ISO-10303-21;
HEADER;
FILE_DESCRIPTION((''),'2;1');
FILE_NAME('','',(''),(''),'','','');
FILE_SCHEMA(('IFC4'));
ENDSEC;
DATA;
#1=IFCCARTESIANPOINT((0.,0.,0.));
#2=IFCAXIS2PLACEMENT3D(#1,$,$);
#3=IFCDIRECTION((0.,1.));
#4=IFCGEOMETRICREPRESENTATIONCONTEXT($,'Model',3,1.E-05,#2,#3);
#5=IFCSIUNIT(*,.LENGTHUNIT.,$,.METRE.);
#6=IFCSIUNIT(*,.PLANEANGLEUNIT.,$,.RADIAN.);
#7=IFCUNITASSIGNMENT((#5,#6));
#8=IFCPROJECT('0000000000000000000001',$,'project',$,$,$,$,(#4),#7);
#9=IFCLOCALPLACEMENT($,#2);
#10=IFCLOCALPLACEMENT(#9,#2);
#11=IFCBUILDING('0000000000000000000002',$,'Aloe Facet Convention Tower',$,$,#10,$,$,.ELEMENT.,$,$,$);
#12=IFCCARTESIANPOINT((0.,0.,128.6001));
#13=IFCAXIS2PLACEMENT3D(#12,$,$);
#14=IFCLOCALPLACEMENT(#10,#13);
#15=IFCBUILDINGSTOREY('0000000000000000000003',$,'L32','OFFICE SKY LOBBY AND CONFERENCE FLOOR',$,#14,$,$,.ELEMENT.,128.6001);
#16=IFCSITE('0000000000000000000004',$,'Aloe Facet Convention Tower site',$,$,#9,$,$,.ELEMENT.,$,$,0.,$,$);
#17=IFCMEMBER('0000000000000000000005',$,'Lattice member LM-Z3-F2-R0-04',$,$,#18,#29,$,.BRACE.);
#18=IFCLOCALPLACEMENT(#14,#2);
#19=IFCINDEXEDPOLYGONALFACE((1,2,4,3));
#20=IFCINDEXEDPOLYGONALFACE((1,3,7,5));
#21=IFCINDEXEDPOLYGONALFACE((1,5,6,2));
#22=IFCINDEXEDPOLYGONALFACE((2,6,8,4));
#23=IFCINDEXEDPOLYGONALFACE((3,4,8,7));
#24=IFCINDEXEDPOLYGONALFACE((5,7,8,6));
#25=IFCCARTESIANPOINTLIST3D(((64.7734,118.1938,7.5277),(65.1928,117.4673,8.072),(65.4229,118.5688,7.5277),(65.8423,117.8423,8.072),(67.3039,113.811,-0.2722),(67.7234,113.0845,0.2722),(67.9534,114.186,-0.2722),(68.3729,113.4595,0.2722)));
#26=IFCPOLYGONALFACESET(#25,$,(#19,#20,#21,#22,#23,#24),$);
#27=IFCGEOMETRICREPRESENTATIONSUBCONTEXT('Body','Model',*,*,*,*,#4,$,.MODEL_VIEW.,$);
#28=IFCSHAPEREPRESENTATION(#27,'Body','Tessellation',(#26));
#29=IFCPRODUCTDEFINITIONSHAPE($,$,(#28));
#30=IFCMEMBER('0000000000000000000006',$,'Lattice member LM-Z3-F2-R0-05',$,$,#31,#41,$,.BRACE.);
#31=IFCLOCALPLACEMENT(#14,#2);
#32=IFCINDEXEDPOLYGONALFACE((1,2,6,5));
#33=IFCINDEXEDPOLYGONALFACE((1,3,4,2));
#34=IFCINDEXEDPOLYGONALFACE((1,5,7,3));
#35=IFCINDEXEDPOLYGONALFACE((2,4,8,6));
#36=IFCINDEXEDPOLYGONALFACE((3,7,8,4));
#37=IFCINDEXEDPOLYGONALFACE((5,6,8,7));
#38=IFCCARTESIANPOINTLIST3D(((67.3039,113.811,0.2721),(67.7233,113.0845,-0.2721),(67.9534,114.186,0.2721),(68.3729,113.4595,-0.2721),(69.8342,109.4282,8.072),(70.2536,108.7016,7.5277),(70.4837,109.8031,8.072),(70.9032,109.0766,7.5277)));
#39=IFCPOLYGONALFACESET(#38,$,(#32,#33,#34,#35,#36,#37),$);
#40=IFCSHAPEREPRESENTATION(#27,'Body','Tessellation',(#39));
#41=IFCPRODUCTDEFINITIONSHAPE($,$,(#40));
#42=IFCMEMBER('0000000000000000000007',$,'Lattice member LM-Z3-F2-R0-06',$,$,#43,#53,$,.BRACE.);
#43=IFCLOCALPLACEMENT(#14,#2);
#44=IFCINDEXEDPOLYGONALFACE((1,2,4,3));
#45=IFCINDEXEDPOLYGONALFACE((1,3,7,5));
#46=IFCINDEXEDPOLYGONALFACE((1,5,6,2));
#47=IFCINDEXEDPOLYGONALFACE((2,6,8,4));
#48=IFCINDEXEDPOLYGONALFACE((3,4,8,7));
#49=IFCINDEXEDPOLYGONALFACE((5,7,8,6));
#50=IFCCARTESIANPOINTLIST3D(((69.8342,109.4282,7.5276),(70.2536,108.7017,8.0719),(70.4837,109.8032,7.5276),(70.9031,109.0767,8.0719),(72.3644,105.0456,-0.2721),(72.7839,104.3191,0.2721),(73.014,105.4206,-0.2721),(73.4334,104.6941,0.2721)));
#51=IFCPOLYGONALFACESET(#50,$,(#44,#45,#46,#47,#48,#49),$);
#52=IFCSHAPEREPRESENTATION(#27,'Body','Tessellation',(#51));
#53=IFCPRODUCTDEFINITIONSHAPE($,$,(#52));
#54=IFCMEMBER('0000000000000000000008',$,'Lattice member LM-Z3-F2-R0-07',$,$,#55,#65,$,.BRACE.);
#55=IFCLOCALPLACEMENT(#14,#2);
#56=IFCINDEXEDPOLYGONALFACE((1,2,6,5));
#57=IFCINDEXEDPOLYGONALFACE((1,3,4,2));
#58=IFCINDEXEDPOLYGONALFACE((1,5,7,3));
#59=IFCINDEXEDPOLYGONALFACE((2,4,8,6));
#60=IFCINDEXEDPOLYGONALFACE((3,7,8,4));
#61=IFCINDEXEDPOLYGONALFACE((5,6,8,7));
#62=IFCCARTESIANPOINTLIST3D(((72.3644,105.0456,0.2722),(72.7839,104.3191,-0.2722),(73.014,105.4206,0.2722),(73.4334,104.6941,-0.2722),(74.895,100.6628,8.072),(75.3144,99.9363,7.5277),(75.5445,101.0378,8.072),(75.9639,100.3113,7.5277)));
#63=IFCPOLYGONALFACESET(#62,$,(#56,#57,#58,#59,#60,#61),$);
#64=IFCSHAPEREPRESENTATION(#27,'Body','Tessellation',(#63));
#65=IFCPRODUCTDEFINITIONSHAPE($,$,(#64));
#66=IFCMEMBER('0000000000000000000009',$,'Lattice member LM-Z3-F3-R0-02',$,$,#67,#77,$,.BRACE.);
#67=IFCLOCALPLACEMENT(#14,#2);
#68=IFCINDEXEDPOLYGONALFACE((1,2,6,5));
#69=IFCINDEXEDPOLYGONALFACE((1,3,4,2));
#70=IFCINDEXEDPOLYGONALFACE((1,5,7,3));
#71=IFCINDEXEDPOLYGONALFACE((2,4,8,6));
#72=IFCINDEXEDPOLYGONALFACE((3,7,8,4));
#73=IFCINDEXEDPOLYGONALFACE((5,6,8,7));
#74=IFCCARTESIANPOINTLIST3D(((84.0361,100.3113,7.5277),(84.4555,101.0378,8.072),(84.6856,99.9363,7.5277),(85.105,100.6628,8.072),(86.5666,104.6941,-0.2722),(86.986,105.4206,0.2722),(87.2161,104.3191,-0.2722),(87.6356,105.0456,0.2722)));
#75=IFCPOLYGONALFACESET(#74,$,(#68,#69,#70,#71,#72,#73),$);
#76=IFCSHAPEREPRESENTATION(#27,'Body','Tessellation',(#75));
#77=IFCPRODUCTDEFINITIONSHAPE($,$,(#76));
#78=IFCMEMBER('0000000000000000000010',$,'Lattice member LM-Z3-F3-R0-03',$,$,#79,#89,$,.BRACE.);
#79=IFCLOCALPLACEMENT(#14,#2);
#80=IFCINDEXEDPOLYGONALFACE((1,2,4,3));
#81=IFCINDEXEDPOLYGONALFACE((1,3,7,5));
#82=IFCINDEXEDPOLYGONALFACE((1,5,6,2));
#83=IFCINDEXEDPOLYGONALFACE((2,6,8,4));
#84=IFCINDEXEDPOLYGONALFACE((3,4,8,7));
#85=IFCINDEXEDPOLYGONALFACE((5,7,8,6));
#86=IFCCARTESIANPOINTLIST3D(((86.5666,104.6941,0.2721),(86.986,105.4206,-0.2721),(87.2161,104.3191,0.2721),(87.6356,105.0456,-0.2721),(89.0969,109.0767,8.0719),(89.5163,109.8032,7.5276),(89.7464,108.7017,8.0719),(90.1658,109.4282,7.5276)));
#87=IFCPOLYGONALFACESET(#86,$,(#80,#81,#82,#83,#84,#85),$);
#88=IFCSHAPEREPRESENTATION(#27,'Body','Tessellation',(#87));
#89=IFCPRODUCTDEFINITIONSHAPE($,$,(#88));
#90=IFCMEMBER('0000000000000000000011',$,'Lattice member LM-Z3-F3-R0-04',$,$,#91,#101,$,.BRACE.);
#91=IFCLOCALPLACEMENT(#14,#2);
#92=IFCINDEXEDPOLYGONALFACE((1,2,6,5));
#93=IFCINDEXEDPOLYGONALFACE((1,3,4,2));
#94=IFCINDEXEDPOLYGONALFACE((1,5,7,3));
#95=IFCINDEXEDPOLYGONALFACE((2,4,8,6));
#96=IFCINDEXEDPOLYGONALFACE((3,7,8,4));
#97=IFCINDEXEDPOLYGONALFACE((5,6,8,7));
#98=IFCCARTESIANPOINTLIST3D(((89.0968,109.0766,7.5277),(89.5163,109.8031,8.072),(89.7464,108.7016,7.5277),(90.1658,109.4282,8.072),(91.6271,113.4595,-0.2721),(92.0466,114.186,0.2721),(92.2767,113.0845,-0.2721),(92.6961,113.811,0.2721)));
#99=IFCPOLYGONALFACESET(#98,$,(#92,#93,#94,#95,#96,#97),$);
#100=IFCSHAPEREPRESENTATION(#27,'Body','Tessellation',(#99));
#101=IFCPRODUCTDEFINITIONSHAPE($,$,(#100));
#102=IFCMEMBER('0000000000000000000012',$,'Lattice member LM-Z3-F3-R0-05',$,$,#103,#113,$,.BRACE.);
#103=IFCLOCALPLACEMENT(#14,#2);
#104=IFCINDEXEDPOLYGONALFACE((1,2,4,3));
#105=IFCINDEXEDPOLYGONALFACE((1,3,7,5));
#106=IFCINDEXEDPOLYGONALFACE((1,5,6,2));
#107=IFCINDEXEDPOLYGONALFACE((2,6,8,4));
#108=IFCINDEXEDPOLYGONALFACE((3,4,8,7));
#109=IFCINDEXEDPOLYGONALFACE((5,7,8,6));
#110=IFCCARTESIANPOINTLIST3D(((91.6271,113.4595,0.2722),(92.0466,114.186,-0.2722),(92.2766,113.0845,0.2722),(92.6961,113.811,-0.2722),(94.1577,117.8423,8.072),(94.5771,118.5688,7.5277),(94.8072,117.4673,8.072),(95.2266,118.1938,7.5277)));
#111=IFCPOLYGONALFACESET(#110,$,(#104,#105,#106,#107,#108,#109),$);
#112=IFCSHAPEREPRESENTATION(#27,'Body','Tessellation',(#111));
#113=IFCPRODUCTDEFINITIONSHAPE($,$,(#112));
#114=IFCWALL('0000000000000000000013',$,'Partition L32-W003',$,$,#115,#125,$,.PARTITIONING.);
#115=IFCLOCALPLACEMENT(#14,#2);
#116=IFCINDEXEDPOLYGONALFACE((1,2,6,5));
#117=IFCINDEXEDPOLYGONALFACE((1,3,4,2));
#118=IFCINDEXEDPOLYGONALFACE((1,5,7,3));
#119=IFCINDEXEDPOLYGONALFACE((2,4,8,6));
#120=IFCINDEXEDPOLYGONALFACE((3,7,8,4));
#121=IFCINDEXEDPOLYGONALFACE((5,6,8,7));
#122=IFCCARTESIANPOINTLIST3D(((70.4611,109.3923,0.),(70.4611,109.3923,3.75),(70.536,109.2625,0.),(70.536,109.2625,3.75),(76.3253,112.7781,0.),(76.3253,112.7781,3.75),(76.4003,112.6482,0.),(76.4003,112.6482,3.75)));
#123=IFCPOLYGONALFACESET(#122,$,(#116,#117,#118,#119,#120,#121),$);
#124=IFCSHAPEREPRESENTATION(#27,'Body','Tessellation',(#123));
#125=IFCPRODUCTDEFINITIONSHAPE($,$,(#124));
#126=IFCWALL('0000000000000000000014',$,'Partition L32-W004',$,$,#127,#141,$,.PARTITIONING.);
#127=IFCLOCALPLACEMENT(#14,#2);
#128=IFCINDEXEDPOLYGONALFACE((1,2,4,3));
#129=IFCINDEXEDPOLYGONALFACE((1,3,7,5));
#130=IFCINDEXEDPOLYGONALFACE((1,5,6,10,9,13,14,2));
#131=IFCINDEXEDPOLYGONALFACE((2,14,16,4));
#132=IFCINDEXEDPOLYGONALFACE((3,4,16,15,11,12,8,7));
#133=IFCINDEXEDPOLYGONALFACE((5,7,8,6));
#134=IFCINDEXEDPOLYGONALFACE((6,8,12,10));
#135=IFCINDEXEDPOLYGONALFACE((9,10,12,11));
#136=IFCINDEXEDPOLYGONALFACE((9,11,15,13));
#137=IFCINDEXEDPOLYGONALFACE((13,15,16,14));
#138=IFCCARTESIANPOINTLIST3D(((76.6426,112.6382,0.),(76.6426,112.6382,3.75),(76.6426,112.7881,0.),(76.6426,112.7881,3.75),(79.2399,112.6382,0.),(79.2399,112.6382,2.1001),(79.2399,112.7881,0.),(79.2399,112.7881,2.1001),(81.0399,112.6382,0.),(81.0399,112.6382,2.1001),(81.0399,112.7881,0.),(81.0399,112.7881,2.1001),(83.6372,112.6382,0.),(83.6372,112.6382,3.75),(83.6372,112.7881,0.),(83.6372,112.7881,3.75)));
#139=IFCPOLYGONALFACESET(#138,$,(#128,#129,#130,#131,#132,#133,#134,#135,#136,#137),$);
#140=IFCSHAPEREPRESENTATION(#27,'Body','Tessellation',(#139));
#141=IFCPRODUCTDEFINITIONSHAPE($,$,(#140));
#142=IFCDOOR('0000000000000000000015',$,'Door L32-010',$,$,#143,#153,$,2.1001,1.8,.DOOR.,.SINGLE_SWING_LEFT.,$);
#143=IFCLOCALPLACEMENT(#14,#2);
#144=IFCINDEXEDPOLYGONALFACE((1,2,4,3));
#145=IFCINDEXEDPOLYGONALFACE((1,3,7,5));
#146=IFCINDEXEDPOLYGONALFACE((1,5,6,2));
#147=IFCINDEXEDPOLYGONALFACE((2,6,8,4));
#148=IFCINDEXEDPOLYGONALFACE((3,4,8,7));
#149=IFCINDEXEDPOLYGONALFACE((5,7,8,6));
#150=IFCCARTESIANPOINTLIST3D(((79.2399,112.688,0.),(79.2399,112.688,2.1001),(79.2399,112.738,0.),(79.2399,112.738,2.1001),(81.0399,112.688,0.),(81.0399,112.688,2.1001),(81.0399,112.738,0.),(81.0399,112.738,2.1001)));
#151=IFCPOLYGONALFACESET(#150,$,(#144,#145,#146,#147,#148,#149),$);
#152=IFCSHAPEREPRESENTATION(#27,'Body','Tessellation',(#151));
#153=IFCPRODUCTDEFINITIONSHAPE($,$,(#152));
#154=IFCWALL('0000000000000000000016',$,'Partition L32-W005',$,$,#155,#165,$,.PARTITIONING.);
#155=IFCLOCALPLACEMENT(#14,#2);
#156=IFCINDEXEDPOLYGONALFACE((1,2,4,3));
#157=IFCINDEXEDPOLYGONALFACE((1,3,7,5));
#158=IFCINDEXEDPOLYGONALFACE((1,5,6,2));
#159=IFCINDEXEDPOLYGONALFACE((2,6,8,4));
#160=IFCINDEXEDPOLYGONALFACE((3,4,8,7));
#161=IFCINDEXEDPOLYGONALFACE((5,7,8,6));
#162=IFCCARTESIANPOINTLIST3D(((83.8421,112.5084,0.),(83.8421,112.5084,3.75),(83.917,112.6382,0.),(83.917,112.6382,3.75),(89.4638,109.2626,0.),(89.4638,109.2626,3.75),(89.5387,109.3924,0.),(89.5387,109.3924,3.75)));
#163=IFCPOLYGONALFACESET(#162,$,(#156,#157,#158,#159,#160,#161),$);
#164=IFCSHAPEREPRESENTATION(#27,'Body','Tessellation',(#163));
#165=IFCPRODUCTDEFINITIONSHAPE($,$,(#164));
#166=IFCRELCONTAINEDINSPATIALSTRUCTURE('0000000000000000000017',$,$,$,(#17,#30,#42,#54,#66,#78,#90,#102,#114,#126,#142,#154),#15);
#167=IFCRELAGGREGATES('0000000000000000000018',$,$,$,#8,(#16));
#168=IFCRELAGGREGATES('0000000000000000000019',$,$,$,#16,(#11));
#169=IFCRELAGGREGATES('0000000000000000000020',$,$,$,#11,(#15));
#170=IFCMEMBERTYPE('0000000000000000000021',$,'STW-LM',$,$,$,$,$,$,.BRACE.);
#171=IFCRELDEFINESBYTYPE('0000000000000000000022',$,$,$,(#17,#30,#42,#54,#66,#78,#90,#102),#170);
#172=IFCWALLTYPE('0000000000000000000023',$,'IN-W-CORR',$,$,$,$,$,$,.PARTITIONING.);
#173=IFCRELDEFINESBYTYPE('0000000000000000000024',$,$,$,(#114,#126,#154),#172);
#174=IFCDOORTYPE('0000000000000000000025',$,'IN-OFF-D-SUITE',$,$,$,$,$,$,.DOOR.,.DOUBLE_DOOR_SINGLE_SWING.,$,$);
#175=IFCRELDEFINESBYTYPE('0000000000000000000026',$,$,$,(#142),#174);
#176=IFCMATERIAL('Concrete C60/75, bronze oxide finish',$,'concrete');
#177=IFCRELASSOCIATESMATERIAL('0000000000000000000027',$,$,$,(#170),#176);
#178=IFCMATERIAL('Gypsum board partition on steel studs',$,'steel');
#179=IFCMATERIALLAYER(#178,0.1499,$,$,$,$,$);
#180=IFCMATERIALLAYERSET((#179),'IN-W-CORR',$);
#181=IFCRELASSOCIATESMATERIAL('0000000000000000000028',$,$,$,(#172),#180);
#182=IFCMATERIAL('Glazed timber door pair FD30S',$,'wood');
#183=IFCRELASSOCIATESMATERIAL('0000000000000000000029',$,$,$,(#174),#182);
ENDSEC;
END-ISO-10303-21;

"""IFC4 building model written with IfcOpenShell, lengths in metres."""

from ifc_helpers import new_model, si_unit, direction, frame, frame_2d, origin, origin_2d, place, context, subcontext, project, spatial, rectangle, extrude, material, layer, layer_set, material_profile, profile_set, type_object, element, fill, save


model = new_model("IFC4")

# Units and contexts
model_context = context("Model", 3, precision=1e-05, world=origin(), true_north=direction((0.0, 1.0)))
body_context = subcontext(model_context, "Body", "Model", "MODEL_VIEW")
ifc_project = project(units=[si_unit("LENGTHUNIT", "METRE"), si_unit("PLANEANGLEUNIT", "RADIAN")], contexts=[model_context])

# Site, building, storey
site_placement = place(None, origin())
site = spatial("IfcSite", under=ifc_project, at=site_placement, Name="Aloe Facet Convention Tower site", CompositionType="ELEMENT", RefElevation=0.0)
building_placement = place(site_placement, origin())
building = spatial("IfcBuilding", under=site, at=building_placement, Name="Aloe Facet Convention Tower", CompositionType="ELEMENT")
storey_placement = place(building_placement, frame((0.0, 0.0, 128.6001)))
storey = spatial("IfcBuildingStorey", under=building, at=storey_placement, Name="L32", Description="OFFICE SKY LOBBY AND CONFERENCE FLOOR", CompositionType="ELEMENT", Elevation=128.6001)

# Members
ifc_material_1 = material(Name="Concrete C60/75, bronze oxide finish", Category="concrete")
ifc_material_profile_1 = material_profile(ifc_material_1, rectangle(XDim=0.75, YDim=1.0, at=origin_2d()), Name="STW-LM")
ifc_profile_set_1 = profile_set([ifc_material_profile_1], Name="Concrete C60/75, bronze oxide finish")
member_type = type_object("IfcMemberType", Name="STW-LM", PredefinedType="BRACE", material=ifc_profile_set_1)
for number, where, z_axis, x_axis, name in (
    (1, (67.8384, 113.6353, 0.0), (-0.272162, 0.47138, 0.838885), (-0.866017, -0.500015, 0.0), "Lattice member LM-Z3-F2-R0-04"),
    (2, (67.8384, 113.6353, 0.0), (0.272138, -0.471384, 0.838891), (0.866038, 0.499979, 0.0), "Lattice member LM-Z3-F2-R0-05"),
):
    element("IfcMember", number, at=place(storey_placement, frame(where, z_axis=z_axis, x_axis=x_axis)), inside=storey, type_object=member_type, Name=name, PredefinedType="BRACE", context=body_context, shape_type="SweptSolid", body=[
        extrude(rectangle(XDim=0.75, YDim=1.0, at=origin_2d()), origin(), (0.0, 0.0, 1.0), 9.2979),
    ])
member_1_placement = place(storey_placement, frame((72.8989, 104.8699, 0.0), z_axis=(-0.272141, 0.471363, 0.838901), x_axis=(-0.866026, -0.499999, 0.0)))
element("IfcMember", 3, at=member_1_placement, inside=storey, type_object=member_type, Name="Lattice member LM-Z3-F2-R0-06", PredefinedType="BRACE", context=body_context, shape_type="SweptSolid", body=[
    extrude(rectangle(XDim=0.75, YDim=1.0, at=origin_2d()), origin(), (0.0, 0.0, 1.0), 9.2976),
])
for number, where, z_axis, x_axis, name in (
    (4, (72.8989, 104.8699, 0.0), (0.272162, -0.47138, 0.838885), (0.866017, 0.500015, 0.0), "Lattice member LM-Z3-F2-R0-07"),
    (5, (87.1011, 104.8699, 0.0), (-0.272162, -0.47138, 0.838885), (0.866017, -0.500015, 0.0), "Lattice member LM-Z3-F3-R0-02"),
):
    element("IfcMember", number, at=place(storey_placement, frame(where, z_axis=z_axis, x_axis=x_axis)), inside=storey, type_object=member_type, Name=name, PredefinedType="BRACE", context=body_context, shape_type="SweptSolid", body=[
        extrude(rectangle(XDim=0.75, YDim=1.0, at=origin_2d()), origin(), (0.0, 0.0, 1.0), 9.2979),
    ])
member_2_placement = place(storey_placement, frame((87.1011, 104.8699, 0.0), z_axis=(0.272141, 0.471363, 0.838901), x_axis=(-0.866026, 0.499999, 0.0)))
element("IfcMember", 6, at=member_2_placement, inside=storey, type_object=member_type, Name="Lattice member LM-Z3-F3-R0-03", PredefinedType="BRACE", context=body_context, shape_type="SweptSolid", body=[
    extrude(rectangle(XDim=0.75, YDim=1.0, at=origin_2d()), origin(), (0.0, 0.0, 1.0), 9.2976),
])
for number, where, z_axis, x_axis, name in (
    (7, (92.1616, 113.6353, 0.0), (-0.272138, -0.471384, 0.838891), (0.866038, -0.499979, 0.0), "Lattice member LM-Z3-F3-R0-04"),
    (8, (92.1616, 113.6353, 0.0), (0.272162, 0.47138, 0.838885), (-0.866017, 0.500015, 0.0), "Lattice member LM-Z3-F3-R0-05"),
):
    element("IfcMember", number, at=place(storey_placement, frame(where, z_axis=z_axis, x_axis=x_axis)), inside=storey, type_object=member_type, Name=name, PredefinedType="BRACE", context=body_context, shape_type="SweptSolid", body=[
        extrude(rectangle(XDim=0.75, YDim=1.0, at=origin_2d()), origin(), (0.0, 0.0, 1.0), 9.2979),
    ])

# Wall
ifc_material_2 = material(Name="Gypsum board partition on steel studs", Category="steel")
ifc_layer_1 = layer(ifc_material_2, 0.1499)
ifc_layer_set_1 = layer_set([ifc_layer_1], Name="IN-W-CORR")
wall_type_1 = type_object("IfcWallType", Name="IN-W-CORR", PredefinedType="PARTITIONING", material=ifc_layer_set_1)
wall_1_placement = place(storey_placement, frame((70.4985, 109.3274, 0.0), z_axis=(0.0, 0.0, 1.0), x_axis=(0.866025, 0.500001, 0.0)))
element("IfcWall", 9, at=wall_1_placement, inside=storey, type_object=wall_type_1, Name="Partition L32-W003", PredefinedType="PARTITIONING", context=body_context, shape_type="SweptSolid", body=[
    extrude(rectangle(XDim=6.7715, YDim=0.1499, at=frame_2d((3.3857, 0.0))), origin(), (0.0, 0.0, 1.0), 3.75),
])

# Wall, opening, door
wall_2_placement = place(storey_placement, frame((76.6426, 112.7131, 0.0), z_axis=(0.0, 0.0, 1.0), x_axis=(1.0, 0.0, 0.0)))
wall_2 = element("IfcWall", 10, at=wall_2_placement, inside=storey, type_object=wall_type_1, Name="Partition L32-W004", PredefinedType="PARTITIONING", context=body_context, shape_type="SweptSolid", body=[
    extrude(rectangle(XDim=6.9946, YDim=0.1499, at=frame_2d((3.4973, 0.0))), origin(), (0.0, 0.0, 1.0), 3.75),
])
opening_1_placement = place(wall_2_placement, frame((2.5974, 0.0, 0.0)))
opening_1 = element("IfcOpeningElement", 11, at=opening_1_placement, cuts=wall_2, PredefinedType="OPENING", context=body_context, shape_type="SweptSolid", body=[
    extrude(rectangle(XDim=1.8, YDim=2.1001, at=frame_2d((0.8999, 1.05))), frame((0.0, 0.085, 0.0), z_axis=(0.0, -1.0, 0.0), x_axis=(1.0, 0.0, 0.0)), (0.0, 0.0, 1.0), 0.1699),
])
ifc_material_3 = material(Name="Glazed timber door pair FD30S", Category="wood")
door_type_1 = type_object("IfcDoorType", Name="IN-OFF-D-SUITE", OperationType="DOUBLE_DOOR_SINGLE_SWING", PredefinedType="DOOR", material=ifc_material_3)
door_1_placement = place(opening_1_placement, origin())
door_1 = element("IfcDoor", 12, at=door_1_placement, inside=storey, type_object=door_type_1, Name="Door L32-010", OperationType="SINGLE_SWING_LEFT", OverallHeight=2.1001, OverallWidth=1.8, PredefinedType="DOOR", context=body_context, shape_type="SweptSolid", body=[
    extrude(rectangle(XDim=1.8, YDim=2.1001, at=frame_2d((0.8999, 1.05))), frame((0.0, 0.0249, 0.0), z_axis=(0.0, -1.0, 0.0), x_axis=(1.0, 0.0, 0.0)), (0.0, 0.0, 1.0), 0.05),
])
fill(opening_1, door_1)

# Wall
wall_3_placement = place(storey_placement, frame((83.8796, 112.5732, 0.0), z_axis=(0.0, 0.0, 1.0), x_axis=(0.86602, -0.50001, 0.0)))
element("IfcWall", 13, at=wall_3_placement, inside=storey, type_object=wall_type_1, Name="Partition L32-W005", PredefinedType="PARTITIONING", context=body_context, shape_type="SweptSolid", body=[
    extrude(rectangle(XDim=6.4915, YDim=0.1499, at=frame_2d((3.2456, 0.0))), origin(), (0.0, 0.0, 1.0), 3.75),
])

save(model, "model.ifc")
